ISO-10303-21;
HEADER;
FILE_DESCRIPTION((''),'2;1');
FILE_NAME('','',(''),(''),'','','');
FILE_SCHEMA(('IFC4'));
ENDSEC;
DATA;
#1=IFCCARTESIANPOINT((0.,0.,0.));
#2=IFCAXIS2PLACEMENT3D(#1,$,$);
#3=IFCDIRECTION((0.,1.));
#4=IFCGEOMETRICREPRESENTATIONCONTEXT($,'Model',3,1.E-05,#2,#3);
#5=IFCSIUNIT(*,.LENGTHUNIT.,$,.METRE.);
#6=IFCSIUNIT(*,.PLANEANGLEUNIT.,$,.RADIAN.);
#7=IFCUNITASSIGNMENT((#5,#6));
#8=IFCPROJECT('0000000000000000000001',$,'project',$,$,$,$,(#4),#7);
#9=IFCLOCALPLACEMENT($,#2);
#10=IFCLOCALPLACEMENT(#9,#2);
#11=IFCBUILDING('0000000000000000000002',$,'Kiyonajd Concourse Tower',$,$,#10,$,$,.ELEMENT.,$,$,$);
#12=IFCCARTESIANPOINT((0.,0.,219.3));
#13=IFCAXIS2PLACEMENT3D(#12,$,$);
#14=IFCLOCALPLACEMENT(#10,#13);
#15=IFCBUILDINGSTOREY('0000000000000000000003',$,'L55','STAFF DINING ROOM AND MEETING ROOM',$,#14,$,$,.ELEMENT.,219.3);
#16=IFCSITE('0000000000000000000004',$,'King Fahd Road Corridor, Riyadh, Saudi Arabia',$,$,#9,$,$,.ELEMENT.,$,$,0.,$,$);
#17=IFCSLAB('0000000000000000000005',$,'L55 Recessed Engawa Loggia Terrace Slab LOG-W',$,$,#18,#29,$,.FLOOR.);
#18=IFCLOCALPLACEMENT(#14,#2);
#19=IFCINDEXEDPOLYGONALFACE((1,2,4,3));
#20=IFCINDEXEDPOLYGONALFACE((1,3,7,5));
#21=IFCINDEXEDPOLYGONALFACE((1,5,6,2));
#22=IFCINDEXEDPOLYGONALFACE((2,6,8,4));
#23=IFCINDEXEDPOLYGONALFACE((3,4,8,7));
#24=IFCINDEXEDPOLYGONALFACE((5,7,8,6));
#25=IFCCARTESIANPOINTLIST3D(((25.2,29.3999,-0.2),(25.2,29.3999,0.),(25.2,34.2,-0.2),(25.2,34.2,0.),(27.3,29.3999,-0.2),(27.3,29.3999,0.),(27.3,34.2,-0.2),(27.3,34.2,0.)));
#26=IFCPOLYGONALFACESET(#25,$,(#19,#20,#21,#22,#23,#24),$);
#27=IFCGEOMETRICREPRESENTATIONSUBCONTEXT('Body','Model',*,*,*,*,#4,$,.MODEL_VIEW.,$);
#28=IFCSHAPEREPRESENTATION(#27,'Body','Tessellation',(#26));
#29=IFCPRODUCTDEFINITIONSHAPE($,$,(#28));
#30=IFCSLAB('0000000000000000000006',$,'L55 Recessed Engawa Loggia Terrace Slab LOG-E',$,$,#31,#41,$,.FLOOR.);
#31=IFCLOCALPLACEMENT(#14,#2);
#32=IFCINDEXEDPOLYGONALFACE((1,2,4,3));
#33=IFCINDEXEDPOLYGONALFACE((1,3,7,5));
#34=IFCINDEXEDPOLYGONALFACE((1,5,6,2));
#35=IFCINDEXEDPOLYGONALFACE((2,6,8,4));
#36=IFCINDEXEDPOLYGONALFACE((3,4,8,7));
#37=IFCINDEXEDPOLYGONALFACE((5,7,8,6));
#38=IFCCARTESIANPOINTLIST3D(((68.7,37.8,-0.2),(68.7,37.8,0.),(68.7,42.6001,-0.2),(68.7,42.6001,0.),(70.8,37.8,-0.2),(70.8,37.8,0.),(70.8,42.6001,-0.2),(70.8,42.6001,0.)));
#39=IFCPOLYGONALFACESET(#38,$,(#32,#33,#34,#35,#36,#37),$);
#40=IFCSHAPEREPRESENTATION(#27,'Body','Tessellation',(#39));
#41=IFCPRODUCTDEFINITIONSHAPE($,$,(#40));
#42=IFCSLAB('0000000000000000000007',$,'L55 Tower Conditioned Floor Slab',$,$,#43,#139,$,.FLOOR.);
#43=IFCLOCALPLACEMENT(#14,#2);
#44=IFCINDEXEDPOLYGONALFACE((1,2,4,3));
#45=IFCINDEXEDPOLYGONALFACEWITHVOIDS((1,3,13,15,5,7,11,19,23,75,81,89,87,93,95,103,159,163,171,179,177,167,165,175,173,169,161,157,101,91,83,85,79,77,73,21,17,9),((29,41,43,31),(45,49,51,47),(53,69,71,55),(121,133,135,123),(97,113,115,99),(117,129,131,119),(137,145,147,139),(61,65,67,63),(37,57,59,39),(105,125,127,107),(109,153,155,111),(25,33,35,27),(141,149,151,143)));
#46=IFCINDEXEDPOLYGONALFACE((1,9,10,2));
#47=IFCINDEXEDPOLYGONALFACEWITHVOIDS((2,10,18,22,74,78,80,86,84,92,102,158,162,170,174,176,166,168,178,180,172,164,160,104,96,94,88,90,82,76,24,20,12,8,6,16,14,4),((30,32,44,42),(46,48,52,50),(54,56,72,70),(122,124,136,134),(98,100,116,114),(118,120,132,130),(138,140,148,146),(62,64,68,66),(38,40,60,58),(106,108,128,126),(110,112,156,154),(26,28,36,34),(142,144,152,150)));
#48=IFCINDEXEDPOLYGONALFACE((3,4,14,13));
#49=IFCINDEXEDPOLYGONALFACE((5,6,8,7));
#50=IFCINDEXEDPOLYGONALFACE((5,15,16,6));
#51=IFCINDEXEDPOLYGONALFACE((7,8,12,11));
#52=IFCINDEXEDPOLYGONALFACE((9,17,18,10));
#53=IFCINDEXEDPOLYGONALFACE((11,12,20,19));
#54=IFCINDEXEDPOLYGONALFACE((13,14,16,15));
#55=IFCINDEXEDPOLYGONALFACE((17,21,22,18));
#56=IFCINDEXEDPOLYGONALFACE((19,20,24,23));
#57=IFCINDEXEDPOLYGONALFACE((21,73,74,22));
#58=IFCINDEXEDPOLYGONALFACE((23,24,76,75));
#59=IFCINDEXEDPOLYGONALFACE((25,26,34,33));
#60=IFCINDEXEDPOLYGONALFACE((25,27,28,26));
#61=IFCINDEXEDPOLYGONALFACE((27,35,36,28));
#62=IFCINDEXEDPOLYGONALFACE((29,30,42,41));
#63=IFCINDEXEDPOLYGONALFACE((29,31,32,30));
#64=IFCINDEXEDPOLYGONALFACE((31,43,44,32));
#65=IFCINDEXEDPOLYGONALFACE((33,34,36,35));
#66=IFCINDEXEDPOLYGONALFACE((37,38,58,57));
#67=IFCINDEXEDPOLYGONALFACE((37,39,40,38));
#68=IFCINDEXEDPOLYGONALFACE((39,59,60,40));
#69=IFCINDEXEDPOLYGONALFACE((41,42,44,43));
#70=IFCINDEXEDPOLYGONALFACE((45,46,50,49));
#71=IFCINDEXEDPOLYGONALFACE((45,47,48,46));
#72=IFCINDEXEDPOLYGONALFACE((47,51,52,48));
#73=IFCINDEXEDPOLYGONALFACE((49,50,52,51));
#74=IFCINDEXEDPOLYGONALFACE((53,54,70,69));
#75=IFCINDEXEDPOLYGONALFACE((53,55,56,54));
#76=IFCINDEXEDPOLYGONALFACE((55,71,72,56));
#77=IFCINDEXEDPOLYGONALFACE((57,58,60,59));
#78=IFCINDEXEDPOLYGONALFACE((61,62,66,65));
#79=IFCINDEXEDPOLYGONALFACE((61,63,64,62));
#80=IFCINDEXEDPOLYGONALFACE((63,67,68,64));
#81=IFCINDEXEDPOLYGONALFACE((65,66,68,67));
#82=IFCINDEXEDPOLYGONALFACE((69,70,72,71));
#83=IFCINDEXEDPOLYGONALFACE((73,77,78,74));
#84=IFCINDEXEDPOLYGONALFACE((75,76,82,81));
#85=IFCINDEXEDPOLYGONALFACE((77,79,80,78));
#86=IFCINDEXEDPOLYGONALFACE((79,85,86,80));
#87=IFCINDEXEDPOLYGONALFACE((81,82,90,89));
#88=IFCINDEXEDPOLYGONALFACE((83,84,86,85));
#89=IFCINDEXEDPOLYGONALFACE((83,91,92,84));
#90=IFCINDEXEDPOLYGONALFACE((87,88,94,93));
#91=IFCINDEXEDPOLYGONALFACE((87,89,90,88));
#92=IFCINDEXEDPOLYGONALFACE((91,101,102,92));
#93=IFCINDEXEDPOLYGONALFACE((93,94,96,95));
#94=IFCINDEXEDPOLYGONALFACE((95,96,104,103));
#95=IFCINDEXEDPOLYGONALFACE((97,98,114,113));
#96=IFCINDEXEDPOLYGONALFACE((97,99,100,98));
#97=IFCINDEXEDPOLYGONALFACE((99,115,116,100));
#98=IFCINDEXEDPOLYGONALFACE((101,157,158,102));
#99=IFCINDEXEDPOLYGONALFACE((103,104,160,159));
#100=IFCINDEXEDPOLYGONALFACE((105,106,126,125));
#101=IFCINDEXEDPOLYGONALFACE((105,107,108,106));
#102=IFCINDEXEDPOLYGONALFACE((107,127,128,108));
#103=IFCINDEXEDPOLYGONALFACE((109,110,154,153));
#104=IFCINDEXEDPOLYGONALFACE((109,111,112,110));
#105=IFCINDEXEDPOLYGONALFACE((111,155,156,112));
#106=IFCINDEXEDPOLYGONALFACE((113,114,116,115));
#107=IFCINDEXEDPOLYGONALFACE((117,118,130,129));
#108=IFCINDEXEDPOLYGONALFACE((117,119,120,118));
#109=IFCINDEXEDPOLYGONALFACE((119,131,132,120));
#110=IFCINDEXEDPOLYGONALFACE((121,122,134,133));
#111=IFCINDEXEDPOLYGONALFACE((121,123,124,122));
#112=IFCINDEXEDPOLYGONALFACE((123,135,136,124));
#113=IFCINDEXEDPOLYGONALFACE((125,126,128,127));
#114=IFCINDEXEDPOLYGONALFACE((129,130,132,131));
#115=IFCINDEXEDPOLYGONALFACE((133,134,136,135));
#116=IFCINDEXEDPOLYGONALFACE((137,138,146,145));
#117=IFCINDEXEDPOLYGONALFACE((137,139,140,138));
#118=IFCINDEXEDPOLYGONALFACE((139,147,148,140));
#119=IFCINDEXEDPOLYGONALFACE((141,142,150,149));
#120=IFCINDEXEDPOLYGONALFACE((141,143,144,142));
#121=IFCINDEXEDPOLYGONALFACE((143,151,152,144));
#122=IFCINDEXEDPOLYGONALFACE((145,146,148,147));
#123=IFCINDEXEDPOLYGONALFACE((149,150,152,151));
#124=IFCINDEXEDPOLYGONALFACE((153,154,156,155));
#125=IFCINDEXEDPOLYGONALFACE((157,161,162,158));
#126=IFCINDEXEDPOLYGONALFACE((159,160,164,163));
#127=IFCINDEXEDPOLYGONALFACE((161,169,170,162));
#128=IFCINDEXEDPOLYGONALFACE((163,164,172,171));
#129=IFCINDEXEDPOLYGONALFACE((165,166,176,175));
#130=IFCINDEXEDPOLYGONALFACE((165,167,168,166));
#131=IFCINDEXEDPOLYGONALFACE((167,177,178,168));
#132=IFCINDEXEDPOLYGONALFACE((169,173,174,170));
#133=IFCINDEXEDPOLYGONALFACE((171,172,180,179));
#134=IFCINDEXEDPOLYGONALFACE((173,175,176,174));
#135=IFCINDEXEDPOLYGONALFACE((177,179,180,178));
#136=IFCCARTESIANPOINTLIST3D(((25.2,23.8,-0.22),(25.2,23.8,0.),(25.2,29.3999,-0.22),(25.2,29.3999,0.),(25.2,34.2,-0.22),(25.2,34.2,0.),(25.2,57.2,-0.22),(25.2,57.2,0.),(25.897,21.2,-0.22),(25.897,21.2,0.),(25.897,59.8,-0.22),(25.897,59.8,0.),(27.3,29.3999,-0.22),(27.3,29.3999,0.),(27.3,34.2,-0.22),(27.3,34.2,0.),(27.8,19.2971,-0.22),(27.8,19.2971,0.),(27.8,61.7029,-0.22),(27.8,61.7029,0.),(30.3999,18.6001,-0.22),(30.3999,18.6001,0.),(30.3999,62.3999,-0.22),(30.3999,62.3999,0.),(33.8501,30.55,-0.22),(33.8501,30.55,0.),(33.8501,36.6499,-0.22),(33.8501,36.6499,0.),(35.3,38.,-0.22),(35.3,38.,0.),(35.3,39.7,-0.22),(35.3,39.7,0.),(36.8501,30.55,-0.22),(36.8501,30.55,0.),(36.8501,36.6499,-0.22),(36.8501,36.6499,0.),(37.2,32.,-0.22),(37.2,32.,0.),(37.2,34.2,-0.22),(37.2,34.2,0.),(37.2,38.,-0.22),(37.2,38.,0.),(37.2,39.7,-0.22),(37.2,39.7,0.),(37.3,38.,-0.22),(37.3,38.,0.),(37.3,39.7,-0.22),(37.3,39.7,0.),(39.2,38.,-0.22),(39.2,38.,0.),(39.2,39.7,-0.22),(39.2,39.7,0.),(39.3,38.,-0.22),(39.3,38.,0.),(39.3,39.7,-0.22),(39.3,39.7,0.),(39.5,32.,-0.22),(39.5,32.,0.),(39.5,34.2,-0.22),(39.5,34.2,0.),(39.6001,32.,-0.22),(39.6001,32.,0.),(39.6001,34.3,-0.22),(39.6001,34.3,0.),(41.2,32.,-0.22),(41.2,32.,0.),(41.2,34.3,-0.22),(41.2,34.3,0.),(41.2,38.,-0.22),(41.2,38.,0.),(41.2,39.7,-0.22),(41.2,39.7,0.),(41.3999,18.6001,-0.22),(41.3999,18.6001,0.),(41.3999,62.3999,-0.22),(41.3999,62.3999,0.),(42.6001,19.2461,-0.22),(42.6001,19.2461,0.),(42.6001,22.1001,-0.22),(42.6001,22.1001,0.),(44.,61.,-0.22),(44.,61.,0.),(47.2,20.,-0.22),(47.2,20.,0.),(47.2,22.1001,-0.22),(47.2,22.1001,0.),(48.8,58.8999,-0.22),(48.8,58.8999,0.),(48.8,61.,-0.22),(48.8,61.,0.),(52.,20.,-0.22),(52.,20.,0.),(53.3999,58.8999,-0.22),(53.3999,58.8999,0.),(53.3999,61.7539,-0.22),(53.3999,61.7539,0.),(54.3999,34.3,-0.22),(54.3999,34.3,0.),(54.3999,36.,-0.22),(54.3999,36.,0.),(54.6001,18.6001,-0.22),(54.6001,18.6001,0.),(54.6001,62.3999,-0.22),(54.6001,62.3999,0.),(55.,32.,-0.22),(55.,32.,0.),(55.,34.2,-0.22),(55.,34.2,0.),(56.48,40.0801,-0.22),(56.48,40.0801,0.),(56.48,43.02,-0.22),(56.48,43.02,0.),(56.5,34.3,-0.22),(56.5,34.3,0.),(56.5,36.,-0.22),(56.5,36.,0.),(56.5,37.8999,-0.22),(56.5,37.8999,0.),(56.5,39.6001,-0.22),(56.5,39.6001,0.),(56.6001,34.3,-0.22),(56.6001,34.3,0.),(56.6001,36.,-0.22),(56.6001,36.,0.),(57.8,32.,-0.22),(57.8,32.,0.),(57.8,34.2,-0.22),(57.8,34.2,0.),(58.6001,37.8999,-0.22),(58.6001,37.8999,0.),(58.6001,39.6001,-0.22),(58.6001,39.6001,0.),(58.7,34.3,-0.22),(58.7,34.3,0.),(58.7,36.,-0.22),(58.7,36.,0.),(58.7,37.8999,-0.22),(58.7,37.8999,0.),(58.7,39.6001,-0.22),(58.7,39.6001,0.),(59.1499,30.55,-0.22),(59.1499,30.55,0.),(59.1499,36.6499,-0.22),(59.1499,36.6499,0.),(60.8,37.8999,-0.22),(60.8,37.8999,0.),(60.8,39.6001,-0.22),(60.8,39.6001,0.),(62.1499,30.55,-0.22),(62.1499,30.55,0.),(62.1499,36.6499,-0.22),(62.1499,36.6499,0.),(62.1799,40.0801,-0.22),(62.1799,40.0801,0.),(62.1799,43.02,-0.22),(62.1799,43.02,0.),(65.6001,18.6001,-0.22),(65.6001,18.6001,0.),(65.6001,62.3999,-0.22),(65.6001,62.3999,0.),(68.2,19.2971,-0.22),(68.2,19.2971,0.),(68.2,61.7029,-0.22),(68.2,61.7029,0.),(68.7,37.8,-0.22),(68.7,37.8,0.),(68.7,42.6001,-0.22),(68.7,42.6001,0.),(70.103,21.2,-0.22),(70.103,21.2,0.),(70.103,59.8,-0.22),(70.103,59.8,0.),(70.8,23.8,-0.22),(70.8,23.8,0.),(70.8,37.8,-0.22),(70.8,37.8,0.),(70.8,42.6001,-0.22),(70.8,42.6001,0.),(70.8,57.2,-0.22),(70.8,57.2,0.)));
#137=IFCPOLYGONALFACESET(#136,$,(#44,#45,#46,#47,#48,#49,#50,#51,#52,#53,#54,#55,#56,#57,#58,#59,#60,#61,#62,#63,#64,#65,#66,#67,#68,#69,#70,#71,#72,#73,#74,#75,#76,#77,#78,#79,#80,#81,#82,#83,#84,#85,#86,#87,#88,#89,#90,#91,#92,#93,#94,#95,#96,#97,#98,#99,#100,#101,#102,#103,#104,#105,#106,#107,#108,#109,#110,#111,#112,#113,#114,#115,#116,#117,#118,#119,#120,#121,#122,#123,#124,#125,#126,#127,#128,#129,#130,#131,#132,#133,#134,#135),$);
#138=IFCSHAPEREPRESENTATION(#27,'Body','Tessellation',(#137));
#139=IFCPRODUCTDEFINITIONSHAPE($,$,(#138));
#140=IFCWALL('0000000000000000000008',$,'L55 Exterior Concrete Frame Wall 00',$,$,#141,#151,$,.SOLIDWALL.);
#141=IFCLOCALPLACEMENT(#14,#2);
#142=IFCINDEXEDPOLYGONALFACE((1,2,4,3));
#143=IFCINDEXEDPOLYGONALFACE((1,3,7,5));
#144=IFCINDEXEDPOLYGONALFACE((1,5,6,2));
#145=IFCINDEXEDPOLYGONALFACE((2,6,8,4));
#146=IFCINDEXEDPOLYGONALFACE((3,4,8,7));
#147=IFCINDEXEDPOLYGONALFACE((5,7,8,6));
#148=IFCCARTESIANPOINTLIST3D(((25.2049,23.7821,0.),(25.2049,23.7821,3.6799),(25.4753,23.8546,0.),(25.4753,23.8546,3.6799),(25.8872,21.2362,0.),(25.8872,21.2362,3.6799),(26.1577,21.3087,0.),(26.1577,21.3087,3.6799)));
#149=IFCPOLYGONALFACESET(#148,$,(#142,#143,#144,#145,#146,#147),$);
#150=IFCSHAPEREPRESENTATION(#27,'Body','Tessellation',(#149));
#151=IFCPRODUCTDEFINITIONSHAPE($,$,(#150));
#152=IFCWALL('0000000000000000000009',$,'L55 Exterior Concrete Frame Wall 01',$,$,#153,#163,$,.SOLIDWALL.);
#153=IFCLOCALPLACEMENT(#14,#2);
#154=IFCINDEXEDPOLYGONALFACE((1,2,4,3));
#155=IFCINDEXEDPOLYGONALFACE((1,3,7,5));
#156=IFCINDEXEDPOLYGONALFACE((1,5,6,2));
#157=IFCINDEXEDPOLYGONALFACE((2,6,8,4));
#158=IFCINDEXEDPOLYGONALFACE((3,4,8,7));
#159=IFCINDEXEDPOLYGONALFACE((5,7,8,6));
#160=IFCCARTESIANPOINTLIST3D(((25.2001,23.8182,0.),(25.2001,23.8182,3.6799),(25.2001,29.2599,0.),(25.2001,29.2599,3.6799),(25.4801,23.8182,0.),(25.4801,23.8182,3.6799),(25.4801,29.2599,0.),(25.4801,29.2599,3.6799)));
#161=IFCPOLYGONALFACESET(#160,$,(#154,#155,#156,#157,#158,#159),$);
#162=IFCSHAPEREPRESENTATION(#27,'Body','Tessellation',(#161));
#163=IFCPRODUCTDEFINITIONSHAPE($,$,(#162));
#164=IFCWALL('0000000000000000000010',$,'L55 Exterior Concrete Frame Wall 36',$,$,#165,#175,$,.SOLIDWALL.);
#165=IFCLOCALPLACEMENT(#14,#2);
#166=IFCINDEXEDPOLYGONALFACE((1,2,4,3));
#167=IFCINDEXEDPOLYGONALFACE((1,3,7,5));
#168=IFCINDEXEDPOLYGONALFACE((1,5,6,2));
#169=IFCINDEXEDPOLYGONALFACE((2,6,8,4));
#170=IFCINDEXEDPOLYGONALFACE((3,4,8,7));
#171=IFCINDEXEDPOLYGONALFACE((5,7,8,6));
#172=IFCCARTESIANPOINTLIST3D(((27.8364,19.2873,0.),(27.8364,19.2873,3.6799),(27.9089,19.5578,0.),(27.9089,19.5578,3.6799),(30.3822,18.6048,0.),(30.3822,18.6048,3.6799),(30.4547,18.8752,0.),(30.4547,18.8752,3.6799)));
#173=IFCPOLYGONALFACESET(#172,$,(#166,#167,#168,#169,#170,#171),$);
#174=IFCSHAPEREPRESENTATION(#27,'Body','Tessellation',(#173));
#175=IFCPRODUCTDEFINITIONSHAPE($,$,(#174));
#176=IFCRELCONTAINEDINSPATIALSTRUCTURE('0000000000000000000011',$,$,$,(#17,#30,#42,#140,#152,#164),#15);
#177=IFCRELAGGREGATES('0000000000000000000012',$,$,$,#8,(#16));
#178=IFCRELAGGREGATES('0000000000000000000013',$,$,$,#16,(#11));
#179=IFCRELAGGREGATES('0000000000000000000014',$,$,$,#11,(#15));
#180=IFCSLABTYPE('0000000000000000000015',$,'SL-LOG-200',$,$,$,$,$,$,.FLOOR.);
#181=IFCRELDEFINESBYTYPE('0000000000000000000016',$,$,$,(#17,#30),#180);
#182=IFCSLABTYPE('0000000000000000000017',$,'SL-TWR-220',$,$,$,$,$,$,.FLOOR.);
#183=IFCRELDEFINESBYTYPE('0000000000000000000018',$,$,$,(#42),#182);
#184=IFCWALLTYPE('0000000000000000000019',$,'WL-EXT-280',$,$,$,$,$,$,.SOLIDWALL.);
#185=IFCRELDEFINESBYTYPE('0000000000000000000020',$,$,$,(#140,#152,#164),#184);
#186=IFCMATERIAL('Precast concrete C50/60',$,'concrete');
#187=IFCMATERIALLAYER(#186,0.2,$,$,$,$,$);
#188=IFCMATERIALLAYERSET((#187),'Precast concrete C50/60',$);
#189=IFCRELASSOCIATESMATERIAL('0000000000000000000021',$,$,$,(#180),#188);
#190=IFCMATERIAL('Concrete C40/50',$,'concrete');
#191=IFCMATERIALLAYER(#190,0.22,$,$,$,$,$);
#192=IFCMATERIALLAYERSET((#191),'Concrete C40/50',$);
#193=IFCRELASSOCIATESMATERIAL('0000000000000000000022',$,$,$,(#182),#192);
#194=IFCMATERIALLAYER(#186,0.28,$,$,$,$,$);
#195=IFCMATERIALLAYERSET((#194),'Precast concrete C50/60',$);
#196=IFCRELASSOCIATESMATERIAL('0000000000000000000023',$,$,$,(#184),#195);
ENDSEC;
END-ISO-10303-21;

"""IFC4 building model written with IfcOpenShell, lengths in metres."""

from ifc_helpers import new_model, si_unit, direction, frame, frame_2d, origin, place, context, subcontext, project, spatial, polyline, rectangle, outline, extrude, material, layer, layer_set, type_object, element, save


model = new_model("IFC4")

# Units and contexts
model_context = context("Model", 3, precision=1e-05, world=origin(), true_north=direction((0.0, 1.0)))
body_context = subcontext(model_context, "Body", "Model", "MODEL_VIEW")
ifc_project = project(units=[si_unit("LENGTHUNIT", "METRE"), si_unit("PLANEANGLEUNIT", "RADIAN")], contexts=[model_context])

# Site, building, storey
site_placement = place(None, origin())
site = spatial("IfcSite", under=ifc_project, at=site_placement, Name="King Fahd Road Corridor, Riyadh, Saudi Arabia", CompositionType="ELEMENT", RefElevation=0.0)
building_placement = place(site_placement, origin())
building = spatial("IfcBuilding", under=site, at=building_placement, Name="Kiyonajd Concourse Tower", CompositionType="ELEMENT")
storey_placement = place(building_placement, frame((0.0, 0.0, 219.3)))
storey = spatial("IfcBuildingStorey", under=building, at=storey_placement, Name="L55", Description="STAFF DINING ROOM AND MEETING ROOM", CompositionType="ELEMENT", Elevation=219.3)

# Shared definitions
ifc_material_1 = material(Name="Concrete C40/50", Category="concrete")

# Slabs
ifc_material_2 = material(Name="Precast concrete C50/60", Category="concrete")
ifc_layer_1 = layer(ifc_material_2, 0.2)
ifc_layer_set_1 = layer_set([ifc_layer_1], Name="Precast concrete C50/60")
slab_type_1 = type_object("IfcSlabType", Name="SL-LOG-200", PredefinedType="FLOOR", material=ifc_layer_set_1)
slab_1_placement = place(storey_placement, frame((0.0, 0.0, -0.2)))
element("IfcSlab", 1, at=slab_1_placement, inside=storey, type_object=slab_type_1, Name="L55 Recessed Engawa Loggia Terrace Slab LOG-W", PredefinedType="FLOOR", context=body_context, shape_type="SweptSolid", body=[
    extrude(outline(polyline([(25.2, 29.3999), (27.3, 29.3999), (27.3, 34.2), (25.2, 34.2), (25.2, 29.3999)])), origin(), (0.0, 0.0, 1.0), 0.2),
])
slab_2_placement = place(storey_placement, frame((0.0, 0.0, -0.2)))
element("IfcSlab", 2, at=slab_2_placement, inside=storey, type_object=slab_type_1, Name="L55 Recessed Engawa Loggia Terrace Slab LOG-E", PredefinedType="FLOOR", context=body_context, shape_type="SweptSolid", body=[
    extrude(outline(polyline([(68.7, 37.8), (70.8, 37.8), (70.8, 42.6001), (68.7, 42.6001), (68.7, 37.8)])), origin(), (0.0, 0.0, 1.0), 0.2),
])
ifc_layer_2 = layer(ifc_material_1, 0.22)
ifc_layer_set_2 = layer_set([ifc_layer_2], Name="Concrete C40/50")
slab_type_2 = type_object("IfcSlabType", Name="SL-TWR-220", PredefinedType="FLOOR", material=ifc_layer_set_2)
slab_3_placement = place(storey_placement, frame((0.0, 0.0, -0.22)))
element("IfcSlab", 3, at=slab_3_placement, inside=storey, type_object=slab_type_2, Name="L55 Tower Conditioned Floor Slab", PredefinedType="FLOOR", context=body_context, shape_type="SweptSolid", body=[
    extrude(outline(polyline([(25.897, 21.2), (25.2, 23.8), (25.2, 29.3999), (27.3, 29.3999), (27.3, 34.2), (25.2, 34.2), (25.2, 57.2), (25.897, 59.8), (27.8, 61.7029), (30.3999, 62.3999), (41.3999, 62.3999), (44.0, 61.0), (48.8, 61.0), (48.8, 58.8999), (53.3999, 58.8999), (53.3999, 61.7539), (54.6001, 62.3999), (65.6001, 62.3999), (68.2, 61.7029), (70.103, 59.8), (70.8, 57.2), (70.8, 42.6001), (68.7, 42.6001), (68.7, 37.8), (70.8, 37.8), (70.8, 23.8), (70.103, 21.2), (68.2, 19.2971), (65.6001, 18.6001), (54.6001, 18.6001), (52.0, 20.0), (47.2, 20.0), (47.2, 22.1001), (42.6001, 22.1001), (42.6001, 19.2461), (41.3999, 18.6001), (30.3999, 18.6001), (27.8, 19.2971), (25.897, 21.2)]), holes=[polyline([(39.5, 32.0), (37.2, 32.0), (37.2, 34.2), (39.5, 34.2), (39.5, 32.0)]), polyline([(39.6001, 32.0), (39.6001, 34.3), (41.2, 34.3), (41.2, 32.0), (39.6001, 32.0)]), polyline([(33.8501, 30.55), (33.8501, 36.6499), (36.8501, 36.6499), (36.8501, 30.55), (33.8501, 30.55)]), polyline([(56.5, 34.3), (54.3999, 34.3), (54.3999, 36.0), (56.5, 36.0), (56.5, 34.3)]), polyline([(35.3, 38.0), (35.3, 39.7), (37.2, 39.7), (37.2, 38.0), (35.3, 38.0)]), polyline([(37.3, 38.0), (37.3, 39.7), (39.2, 39.7), (39.2, 38.0), (37.3, 38.0)]), polyline([(41.2, 38.0), (39.3, 38.0), (39.3, 39.7), (41.2, 39.7), (41.2, 38.0)]), polyline([(55.0, 32.0), (55.0, 34.2), (57.8, 34.2), (57.8, 32.0), (55.0, 32.0)]), polyline([(59.1499, 30.55), (59.1499, 36.6499), (62.1499, 36.6499), (62.1499, 30.55), (59.1499, 30.55)]), polyline([(56.6001, 34.3), (56.6001, 36.0), (58.7, 36.0), (58.7, 34.3), (56.6001, 34.3)]), polyline([(56.5, 37.8999), (56.5, 39.6001), (58.6001, 39.6001), (58.6001, 37.8999), (56.5, 37.8999)]), polyline([(58.7, 37.8999), (58.7, 39.6001), (60.8, 39.6001), (60.8, 37.8999), (58.7, 37.8999)]), polyline([(56.48, 43.02), (62.1799, 43.02), (62.1799, 40.0801), (56.48, 40.0801), (56.48, 43.02)])]), origin(), (0.0, 0.0, 1.0), 0.22),
])

# Walls
ifc_layer_3 = layer(ifc_material_2, 0.28)
ifc_layer_set_3 = layer_set([ifc_layer_3], Name="Precast concrete C50/60")
wall_type_1 = type_object("IfcWallType", Name="WL-EXT-280", PredefinedType="SOLIDWALL", material=ifc_layer_set_3)
wall_1_placement = place(storey_placement, frame((26.0225, 21.2725, 0.0), z_axis=(0.0, 0.0, 1.0), x_axis=(-0.25889, 0.965907, 0.0)))
element("IfcWall", 4, at=wall_1_placement, inside=storey, type_object=wall_type_1, Name="L55 Exterior Concrete Frame Wall 00", PredefinedType="SOLIDWALL", context=body_context, shape_type="SweptSolid", body=[
    extrude(rectangle(XDim=2.6357, YDim=0.28, at=frame_2d((1.3179, 0.0))), origin(), (0.0, 0.0, 1.0), 3.6799),
])
wall_2_placement = place(storey_placement, frame((25.3401, 23.8184, 0.0), z_axis=(0.0, 0.0, 1.0), x_axis=(0.0, 1.0, 0.0)))
element("IfcWall", 5, at=wall_2_placement, inside=storey, type_object=wall_type_1, Name="L55 Exterior Concrete Frame Wall 01", PredefinedType="SOLIDWALL", context=body_context, shape_type="SweptSolid", body=[
    extrude(rectangle(XDim=5.4417, YDim=0.28, at=frame_2d((2.7207, 0.0))), origin(), (0.0, 0.0, 1.0), 3.6799),
])
wall_3_placement = place(storey_placement, frame((30.4185, 18.74, 0.0), z_axis=(0.0, 0.0, 1.0), x_axis=(-0.965884, 0.258977, 0.0)))
element("IfcWall", 6, at=wall_3_placement, inside=storey, type_object=wall_type_1, Name="L55 Exterior Concrete Frame Wall 36", PredefinedType="SOLIDWALL", context=body_context, shape_type="SweptSolid", body=[
    extrude(rectangle(XDim=2.6357, YDim=0.28, at=frame_2d((1.3179, 0.0))), origin(), (0.0, 0.0, 1.0), 3.6799),
])

save(model, "model.ifc")
